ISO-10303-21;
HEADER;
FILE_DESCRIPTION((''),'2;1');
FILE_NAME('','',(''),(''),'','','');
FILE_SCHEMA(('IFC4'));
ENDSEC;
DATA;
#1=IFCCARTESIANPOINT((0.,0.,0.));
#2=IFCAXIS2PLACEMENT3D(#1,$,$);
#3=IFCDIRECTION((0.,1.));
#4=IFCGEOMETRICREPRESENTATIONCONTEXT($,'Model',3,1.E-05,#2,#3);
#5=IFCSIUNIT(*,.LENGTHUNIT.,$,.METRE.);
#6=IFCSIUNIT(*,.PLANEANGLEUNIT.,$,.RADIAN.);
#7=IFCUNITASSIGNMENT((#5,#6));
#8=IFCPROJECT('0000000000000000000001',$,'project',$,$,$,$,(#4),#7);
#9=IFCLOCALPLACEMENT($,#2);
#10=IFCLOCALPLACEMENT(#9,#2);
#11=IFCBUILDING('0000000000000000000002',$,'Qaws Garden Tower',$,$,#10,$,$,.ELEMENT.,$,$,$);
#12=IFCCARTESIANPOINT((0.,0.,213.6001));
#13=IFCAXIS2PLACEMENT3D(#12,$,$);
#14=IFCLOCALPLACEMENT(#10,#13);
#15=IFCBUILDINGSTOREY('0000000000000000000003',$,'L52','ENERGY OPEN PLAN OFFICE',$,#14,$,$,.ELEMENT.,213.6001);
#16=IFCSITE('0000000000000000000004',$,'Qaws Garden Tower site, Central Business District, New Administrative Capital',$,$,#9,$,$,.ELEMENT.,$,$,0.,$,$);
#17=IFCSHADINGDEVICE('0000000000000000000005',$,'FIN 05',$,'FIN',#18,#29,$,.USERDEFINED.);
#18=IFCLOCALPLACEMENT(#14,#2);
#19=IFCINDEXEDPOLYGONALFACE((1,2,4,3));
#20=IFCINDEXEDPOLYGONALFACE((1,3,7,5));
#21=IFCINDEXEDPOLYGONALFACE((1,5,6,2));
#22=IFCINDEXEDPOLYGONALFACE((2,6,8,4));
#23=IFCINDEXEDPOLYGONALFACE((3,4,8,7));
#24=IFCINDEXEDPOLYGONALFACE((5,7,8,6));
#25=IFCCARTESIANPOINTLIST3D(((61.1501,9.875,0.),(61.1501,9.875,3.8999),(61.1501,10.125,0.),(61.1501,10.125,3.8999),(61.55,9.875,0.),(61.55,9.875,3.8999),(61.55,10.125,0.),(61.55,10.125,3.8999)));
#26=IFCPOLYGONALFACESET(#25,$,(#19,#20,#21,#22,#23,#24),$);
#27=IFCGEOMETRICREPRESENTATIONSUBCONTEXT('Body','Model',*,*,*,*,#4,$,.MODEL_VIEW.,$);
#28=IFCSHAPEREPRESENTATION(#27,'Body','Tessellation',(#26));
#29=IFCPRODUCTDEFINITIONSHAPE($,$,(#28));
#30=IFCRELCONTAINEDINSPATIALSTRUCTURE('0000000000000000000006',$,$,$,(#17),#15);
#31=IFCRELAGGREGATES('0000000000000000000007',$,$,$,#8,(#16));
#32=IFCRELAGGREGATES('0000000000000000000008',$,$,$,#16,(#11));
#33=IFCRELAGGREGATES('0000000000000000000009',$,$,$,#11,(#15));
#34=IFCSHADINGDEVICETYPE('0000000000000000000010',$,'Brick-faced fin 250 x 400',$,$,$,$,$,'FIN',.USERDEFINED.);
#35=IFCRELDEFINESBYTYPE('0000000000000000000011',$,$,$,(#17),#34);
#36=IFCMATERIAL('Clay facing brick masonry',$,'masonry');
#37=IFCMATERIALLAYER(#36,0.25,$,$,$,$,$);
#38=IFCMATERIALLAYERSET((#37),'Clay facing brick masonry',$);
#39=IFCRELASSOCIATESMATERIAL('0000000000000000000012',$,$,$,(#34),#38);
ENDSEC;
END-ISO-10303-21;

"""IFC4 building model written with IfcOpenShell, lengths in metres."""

from ifc_helpers import new_model, si_unit, direction, frame, origin, origin_2d, place, context, subcontext, project, spatial, rectangle, extrude, material, layer, layer_set, type_object, element, save


model = new_model("IFC4")

# Units and contexts
model_context = context("Model", 3, precision=1e-05, world=origin(), true_north=direction((0.0, 1.0)))
body_context = subcontext(model_context, "Body", "Model", "MODEL_VIEW")
ifc_project = project(units=[si_unit("LENGTHUNIT", "METRE"), si_unit("PLANEANGLEUNIT", "RADIAN")], contexts=[model_context])

# Site, building, storey
site_placement = place(None, origin())
site = spatial("IfcSite", under=ifc_project, at=site_placement, Name="Qaws Garden Tower site, Central Business District, New Administrative Capital", CompositionType="ELEMENT", RefElevation=0.0)
building_placement = place(site_placement, origin())
building = spatial("IfcBuilding", under=site, at=building_placement, Name="Qaws Garden Tower", CompositionType="ELEMENT")
storey_placement = place(building_placement, frame((0.0, 0.0, 213.6001)))
storey = spatial("IfcBuildingStorey", under=building, at=storey_placement, Name="L52", Description="ENERGY OPEN PLAN OFFICE", CompositionType="ELEMENT", Elevation=213.6001)

# Shading device
ifc_material_1 = material(Name="Clay facing brick masonry", Category="masonry")
ifc_layer_1 = layer(ifc_material_1, 0.25)
ifc_layer_set_1 = layer_set([ifc_layer_1], Name="Clay facing brick masonry")
shading_device_type = type_object("IfcShadingDeviceType", Name="Brick-faced fin 250 x 400", ElementType="FIN", PredefinedType="USERDEFINED", material=ifc_layer_set_1)
shading_device_placement = place(storey_placement, frame((61.3501, 10.0, 0.0), z_axis=(0.0, 0.0, 1.0), x_axis=(0.0, 1.0, 0.0)))
element("IfcShadingDevice", 1, at=shading_device_placement, inside=storey, type_object=shading_device_type, Name="FIN 05", ObjectType="FIN", PredefinedType="USERDEFINED", context=body_context, shape_type="SweptSolid", body=[
    extrude(rectangle(XDim=0.25, YDim=0.3999, at=origin_2d()), origin(), (0.0, 0.0, 1.0), 3.8999),
])

save(model, "model.ifc")
